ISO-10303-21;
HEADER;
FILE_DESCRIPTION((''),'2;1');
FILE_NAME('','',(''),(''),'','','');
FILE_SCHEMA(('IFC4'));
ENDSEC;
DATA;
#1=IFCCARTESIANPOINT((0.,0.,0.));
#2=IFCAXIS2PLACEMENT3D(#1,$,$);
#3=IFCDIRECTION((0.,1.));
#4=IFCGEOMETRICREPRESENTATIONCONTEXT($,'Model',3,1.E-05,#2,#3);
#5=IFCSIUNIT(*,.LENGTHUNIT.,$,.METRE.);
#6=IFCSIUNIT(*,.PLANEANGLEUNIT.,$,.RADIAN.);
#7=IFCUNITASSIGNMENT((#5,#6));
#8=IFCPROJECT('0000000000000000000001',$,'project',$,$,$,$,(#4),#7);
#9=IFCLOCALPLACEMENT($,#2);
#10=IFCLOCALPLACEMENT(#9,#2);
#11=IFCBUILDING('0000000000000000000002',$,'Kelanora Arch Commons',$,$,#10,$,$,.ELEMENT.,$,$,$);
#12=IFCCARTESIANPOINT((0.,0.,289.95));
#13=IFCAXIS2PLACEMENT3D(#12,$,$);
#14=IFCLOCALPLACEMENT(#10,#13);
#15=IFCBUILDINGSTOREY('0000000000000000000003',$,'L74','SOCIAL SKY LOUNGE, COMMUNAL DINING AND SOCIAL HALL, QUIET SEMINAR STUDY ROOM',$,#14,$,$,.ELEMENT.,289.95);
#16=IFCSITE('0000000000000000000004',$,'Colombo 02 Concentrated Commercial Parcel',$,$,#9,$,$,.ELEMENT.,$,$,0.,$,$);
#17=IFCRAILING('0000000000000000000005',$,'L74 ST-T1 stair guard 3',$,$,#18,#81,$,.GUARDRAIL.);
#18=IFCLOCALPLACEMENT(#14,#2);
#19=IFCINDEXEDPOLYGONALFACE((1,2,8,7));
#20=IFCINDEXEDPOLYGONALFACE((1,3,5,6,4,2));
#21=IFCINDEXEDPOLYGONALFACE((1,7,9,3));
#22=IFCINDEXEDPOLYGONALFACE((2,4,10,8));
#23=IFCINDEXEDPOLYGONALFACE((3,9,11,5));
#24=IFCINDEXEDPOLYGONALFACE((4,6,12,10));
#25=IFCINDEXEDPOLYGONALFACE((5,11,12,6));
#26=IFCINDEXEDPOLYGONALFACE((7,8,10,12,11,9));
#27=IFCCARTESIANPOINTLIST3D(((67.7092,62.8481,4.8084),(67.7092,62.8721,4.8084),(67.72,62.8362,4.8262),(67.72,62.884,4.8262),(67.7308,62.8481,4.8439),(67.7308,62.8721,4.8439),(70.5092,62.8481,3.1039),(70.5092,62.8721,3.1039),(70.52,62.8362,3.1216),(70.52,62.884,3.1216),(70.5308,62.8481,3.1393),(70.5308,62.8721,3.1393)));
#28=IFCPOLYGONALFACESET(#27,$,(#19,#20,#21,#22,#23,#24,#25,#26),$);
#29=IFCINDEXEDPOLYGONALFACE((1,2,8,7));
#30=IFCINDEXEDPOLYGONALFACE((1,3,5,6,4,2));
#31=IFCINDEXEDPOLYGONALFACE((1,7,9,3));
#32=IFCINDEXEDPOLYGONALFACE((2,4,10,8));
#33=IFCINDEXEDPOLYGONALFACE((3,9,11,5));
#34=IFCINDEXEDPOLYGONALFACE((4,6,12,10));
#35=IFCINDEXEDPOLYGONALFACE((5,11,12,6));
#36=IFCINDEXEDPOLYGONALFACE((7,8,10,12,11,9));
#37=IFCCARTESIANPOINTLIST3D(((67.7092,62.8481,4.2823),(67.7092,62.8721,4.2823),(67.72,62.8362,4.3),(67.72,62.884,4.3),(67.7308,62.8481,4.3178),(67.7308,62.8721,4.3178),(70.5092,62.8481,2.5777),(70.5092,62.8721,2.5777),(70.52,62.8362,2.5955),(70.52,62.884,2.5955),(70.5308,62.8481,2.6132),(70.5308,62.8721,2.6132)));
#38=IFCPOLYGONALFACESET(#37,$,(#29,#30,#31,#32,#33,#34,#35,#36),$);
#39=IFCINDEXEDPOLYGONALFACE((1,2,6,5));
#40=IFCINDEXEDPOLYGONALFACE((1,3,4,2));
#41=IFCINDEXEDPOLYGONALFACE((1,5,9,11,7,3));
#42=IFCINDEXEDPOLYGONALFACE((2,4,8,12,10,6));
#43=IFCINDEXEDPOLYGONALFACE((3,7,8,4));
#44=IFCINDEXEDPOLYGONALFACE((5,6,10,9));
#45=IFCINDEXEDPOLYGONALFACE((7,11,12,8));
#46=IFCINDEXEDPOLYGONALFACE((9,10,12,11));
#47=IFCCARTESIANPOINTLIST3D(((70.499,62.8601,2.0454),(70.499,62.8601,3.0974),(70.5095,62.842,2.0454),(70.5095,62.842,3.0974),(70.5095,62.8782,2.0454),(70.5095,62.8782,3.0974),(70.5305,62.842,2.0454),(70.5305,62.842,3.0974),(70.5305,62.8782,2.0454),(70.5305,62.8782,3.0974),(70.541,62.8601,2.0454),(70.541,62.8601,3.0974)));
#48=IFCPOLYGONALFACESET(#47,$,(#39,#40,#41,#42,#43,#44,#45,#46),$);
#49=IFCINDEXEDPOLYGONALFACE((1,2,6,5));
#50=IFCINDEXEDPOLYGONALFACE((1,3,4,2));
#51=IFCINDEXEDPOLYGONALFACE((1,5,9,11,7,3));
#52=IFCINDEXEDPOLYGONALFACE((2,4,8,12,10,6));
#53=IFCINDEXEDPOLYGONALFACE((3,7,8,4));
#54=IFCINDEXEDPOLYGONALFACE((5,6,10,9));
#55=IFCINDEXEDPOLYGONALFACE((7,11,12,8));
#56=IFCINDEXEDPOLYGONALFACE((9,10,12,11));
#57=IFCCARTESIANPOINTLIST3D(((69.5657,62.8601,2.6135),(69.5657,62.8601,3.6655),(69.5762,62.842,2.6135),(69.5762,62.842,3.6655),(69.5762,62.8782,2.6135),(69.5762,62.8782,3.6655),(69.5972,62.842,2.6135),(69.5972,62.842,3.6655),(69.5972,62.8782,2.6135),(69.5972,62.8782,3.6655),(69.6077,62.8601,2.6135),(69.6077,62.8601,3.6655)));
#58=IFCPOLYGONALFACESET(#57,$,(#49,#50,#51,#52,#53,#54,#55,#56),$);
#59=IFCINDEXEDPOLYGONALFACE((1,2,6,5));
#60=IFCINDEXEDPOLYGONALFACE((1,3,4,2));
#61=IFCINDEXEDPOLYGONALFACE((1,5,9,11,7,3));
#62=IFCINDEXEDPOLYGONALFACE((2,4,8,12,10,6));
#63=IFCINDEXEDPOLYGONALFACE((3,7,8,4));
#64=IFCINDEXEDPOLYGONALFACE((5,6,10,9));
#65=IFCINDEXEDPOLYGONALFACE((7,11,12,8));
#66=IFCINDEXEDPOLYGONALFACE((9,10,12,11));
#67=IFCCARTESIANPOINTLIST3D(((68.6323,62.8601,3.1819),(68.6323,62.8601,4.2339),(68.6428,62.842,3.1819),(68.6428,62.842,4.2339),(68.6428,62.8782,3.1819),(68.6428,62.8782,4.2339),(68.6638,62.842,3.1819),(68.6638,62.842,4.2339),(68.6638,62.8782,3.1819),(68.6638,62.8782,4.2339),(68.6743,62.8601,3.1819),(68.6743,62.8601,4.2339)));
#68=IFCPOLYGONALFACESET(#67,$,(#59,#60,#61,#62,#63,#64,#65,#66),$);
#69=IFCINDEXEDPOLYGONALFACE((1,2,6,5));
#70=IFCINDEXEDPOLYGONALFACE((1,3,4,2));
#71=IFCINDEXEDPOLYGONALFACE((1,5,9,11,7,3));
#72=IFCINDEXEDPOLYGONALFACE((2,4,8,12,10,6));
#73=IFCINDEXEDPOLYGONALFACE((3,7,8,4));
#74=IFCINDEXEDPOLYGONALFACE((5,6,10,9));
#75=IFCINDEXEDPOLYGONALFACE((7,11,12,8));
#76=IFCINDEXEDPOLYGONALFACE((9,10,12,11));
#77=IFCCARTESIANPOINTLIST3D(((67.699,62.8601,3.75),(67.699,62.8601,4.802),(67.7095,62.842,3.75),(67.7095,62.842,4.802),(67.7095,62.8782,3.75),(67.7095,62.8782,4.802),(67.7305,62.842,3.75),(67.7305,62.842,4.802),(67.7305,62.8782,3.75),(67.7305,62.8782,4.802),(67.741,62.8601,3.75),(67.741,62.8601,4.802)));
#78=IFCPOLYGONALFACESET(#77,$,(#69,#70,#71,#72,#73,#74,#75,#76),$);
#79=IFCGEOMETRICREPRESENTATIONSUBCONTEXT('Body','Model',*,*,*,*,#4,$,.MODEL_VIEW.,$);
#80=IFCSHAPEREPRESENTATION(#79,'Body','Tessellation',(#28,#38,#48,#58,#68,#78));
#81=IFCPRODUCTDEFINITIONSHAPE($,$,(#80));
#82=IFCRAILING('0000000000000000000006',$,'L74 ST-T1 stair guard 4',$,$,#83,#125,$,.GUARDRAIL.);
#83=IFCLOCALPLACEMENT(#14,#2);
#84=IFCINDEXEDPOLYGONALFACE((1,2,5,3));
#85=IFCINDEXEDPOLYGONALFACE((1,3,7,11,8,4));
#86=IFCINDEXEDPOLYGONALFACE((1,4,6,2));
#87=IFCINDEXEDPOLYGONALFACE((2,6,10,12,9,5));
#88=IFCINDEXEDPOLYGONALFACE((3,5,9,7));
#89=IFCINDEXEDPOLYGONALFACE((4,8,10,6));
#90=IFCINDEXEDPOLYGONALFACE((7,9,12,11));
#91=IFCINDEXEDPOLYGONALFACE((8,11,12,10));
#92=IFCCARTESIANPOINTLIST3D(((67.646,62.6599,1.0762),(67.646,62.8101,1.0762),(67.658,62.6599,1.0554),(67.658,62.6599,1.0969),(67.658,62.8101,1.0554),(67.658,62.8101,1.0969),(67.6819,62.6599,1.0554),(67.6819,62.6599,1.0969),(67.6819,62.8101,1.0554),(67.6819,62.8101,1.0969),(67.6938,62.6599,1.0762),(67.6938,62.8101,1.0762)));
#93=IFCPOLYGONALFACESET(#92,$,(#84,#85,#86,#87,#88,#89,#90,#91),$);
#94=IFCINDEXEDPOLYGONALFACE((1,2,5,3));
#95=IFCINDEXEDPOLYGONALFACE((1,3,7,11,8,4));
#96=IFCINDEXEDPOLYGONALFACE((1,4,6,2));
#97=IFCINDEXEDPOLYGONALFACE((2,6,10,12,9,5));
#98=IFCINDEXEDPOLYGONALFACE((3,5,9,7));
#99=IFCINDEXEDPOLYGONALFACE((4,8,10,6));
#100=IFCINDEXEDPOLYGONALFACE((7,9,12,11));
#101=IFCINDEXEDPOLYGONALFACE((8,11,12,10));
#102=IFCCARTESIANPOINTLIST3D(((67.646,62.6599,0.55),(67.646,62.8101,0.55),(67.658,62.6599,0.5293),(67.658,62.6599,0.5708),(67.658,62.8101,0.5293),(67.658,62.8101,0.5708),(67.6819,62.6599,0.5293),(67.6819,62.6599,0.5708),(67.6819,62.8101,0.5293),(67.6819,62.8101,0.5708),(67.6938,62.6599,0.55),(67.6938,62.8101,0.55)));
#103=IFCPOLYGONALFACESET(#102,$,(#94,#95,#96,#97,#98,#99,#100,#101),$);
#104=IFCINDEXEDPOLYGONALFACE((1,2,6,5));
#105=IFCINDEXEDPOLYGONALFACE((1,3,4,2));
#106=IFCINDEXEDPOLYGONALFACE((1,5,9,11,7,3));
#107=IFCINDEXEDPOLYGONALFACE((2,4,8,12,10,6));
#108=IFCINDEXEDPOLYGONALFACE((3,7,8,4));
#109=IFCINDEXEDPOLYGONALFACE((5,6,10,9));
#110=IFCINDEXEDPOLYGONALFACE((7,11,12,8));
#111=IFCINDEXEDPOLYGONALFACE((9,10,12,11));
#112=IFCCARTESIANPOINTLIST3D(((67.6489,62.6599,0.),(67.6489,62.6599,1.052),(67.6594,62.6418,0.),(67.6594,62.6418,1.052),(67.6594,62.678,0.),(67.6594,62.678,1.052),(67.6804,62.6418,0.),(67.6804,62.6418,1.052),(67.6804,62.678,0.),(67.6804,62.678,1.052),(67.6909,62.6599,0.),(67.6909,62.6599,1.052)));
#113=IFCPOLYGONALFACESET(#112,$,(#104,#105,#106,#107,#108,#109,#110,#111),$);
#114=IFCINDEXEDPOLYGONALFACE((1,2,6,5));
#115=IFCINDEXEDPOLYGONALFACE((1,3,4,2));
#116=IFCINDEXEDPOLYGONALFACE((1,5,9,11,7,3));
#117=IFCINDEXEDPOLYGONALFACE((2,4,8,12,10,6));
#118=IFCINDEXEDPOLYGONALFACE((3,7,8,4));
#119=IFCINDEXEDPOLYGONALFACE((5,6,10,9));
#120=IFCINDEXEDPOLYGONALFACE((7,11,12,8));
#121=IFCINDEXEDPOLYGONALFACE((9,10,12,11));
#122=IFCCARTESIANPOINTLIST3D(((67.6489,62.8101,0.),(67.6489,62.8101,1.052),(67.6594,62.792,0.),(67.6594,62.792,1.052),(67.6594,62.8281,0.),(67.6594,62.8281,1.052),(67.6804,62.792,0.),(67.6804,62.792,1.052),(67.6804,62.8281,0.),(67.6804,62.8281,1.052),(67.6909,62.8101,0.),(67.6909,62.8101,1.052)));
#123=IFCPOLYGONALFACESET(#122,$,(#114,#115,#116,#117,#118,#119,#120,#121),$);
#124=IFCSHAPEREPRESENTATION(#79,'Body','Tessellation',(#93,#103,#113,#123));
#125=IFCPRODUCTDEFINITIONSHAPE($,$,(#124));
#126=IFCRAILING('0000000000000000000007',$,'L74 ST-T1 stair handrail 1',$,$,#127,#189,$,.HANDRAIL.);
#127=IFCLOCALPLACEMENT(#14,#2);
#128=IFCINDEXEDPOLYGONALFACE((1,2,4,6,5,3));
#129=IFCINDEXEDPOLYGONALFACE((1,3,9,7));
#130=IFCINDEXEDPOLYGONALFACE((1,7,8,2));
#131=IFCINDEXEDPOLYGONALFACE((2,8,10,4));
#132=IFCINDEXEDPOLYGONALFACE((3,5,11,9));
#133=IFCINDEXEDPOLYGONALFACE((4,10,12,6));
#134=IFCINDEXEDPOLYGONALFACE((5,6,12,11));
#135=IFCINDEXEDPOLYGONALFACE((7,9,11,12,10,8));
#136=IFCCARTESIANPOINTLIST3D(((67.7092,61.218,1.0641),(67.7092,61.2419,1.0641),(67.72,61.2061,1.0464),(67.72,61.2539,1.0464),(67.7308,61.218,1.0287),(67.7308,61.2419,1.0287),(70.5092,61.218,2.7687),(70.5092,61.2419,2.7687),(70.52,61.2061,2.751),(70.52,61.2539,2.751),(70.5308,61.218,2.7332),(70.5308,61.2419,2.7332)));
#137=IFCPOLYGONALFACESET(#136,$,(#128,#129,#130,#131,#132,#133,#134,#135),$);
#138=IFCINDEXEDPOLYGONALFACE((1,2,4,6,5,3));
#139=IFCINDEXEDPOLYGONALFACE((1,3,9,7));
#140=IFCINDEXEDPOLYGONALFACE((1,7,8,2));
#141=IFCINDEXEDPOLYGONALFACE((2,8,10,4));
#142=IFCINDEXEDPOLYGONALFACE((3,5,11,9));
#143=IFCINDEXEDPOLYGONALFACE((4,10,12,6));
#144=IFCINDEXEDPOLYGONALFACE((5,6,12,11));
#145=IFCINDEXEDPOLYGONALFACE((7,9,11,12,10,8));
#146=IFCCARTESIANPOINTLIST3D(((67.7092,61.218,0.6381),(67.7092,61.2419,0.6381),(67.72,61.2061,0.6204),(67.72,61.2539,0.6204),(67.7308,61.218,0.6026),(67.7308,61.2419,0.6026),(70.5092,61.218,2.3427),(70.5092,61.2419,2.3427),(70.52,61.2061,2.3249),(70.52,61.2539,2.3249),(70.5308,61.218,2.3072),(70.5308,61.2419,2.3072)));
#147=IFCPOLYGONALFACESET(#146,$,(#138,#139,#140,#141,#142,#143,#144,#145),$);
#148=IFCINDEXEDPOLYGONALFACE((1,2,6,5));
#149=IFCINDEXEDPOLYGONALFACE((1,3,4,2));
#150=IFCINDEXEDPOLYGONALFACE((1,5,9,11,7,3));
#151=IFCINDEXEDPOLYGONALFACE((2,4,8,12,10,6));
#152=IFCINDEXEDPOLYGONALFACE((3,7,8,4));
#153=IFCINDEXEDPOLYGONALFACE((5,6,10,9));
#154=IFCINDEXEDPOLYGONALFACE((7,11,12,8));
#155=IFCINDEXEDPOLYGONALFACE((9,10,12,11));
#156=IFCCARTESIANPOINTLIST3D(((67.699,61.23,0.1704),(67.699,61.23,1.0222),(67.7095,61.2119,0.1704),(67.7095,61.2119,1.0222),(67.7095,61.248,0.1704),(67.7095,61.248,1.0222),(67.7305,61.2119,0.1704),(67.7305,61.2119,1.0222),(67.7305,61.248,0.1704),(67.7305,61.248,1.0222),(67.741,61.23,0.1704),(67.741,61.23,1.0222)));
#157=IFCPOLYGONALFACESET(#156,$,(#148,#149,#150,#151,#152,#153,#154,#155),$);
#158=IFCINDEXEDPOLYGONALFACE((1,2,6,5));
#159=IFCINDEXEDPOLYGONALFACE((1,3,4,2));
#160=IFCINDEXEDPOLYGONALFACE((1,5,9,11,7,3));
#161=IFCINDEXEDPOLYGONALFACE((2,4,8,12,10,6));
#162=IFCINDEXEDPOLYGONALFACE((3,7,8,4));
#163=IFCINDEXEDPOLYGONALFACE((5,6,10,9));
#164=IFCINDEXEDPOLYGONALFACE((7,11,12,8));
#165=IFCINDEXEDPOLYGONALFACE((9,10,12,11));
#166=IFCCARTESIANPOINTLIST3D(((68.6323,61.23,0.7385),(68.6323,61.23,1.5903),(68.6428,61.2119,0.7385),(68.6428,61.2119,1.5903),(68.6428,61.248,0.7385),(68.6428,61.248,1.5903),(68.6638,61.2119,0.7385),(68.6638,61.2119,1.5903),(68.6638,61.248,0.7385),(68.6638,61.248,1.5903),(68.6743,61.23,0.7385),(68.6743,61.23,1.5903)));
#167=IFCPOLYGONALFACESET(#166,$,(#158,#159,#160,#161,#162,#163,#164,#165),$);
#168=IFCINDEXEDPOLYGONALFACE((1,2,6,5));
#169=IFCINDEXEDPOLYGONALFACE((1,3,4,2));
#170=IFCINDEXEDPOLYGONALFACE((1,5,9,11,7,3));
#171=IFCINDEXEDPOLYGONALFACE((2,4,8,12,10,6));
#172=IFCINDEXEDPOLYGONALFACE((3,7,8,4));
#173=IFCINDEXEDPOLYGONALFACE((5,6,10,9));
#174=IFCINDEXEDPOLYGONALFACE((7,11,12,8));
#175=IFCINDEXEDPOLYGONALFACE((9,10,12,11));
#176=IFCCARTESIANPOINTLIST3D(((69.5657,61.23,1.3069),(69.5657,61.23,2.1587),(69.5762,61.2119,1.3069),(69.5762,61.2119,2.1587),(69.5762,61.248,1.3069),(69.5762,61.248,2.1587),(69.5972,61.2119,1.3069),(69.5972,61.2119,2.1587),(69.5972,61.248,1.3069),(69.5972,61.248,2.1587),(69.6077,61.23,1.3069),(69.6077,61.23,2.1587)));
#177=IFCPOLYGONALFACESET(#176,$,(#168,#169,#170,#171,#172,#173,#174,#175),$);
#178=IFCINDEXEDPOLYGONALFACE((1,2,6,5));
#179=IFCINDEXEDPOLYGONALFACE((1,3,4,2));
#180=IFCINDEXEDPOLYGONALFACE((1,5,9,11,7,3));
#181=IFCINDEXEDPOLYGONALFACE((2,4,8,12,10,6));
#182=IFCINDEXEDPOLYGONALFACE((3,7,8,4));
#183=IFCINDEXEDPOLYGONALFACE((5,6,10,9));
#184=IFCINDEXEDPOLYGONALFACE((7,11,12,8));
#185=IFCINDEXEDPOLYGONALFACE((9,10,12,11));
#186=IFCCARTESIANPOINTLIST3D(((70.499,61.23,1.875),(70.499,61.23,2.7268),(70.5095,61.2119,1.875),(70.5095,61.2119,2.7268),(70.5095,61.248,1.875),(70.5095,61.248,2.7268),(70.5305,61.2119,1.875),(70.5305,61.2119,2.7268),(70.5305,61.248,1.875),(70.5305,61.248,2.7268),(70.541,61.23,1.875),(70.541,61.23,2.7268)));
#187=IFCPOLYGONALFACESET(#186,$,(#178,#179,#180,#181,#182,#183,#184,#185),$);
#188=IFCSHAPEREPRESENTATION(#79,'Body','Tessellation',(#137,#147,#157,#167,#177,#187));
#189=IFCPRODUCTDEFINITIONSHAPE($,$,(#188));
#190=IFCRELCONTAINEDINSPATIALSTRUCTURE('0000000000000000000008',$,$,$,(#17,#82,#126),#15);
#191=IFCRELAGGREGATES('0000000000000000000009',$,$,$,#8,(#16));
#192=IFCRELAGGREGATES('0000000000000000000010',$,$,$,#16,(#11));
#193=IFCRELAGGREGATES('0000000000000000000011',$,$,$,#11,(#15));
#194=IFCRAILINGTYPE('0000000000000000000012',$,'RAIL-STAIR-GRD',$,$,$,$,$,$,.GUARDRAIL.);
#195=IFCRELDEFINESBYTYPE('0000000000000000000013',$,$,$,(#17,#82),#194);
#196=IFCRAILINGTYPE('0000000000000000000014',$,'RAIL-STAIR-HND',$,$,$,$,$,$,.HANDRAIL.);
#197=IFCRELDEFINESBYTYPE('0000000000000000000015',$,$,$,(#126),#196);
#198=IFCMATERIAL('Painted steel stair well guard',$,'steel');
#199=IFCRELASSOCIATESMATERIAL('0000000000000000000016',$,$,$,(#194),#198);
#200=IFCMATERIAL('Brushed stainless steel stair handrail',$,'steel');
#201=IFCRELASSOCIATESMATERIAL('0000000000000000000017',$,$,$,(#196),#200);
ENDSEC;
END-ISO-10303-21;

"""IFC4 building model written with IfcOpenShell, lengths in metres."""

from ifc_helpers import new_model, si_unit, direction, frame, origin, place, context, subcontext, project, spatial, polyline, outline, extrude, material, type_object, element, save


model = new_model("IFC4")

# Units and contexts
model_context = context("Model", 3, precision=1e-05, world=origin(), true_north=direction((0.0, 1.0)))
body_context = subcontext(model_context, "Body", "Model", "MODEL_VIEW")
ifc_project = project(units=[si_unit("LENGTHUNIT", "METRE"), si_unit("PLANEANGLEUNIT", "RADIAN")], contexts=[model_context])

# Site, building, storey
site_placement = place(None, origin())
site = spatial("IfcSite", under=ifc_project, at=site_placement, Name="Colombo 02 Concentrated Commercial Parcel", CompositionType="ELEMENT", RefElevation=0.0)
building_placement = place(site_placement, origin())
building = spatial("IfcBuilding", under=site, at=building_placement, Name="Kelanora Arch Commons", CompositionType="ELEMENT")
storey_placement = place(building_placement, frame((0.0, 0.0, 289.95)))
storey = spatial("IfcBuildingStorey", under=building, at=storey_placement, Name="L74", Description="SOCIAL SKY LOUNGE, COMMUNAL DINING AND SOCIAL HALL, QUIET SEMINAR STUDY ROOM", CompositionType="ELEMENT", Elevation=289.95)

# Railings
ifc_material_1 = material(Name="Painted steel stair well guard", Category="steel")
railing_type_1 = type_object("IfcRailingType", Name="RAIL-STAIR-GRD", PredefinedType="GUARDRAIL", material=ifc_material_1)
railing_1_placement = place(storey_placement, frame((70.52, 62.8601, 2.0454)))
element("IfcRailing", 1, at=railing_1_placement, inside=storey, type_object=railing_type_1, Name="L74 ST-T1 stair guard 3", PredefinedType="GUARDRAIL", context=body_context, shape_type="SweptSolid", body=[
    extrude(outline(polyline([(0.0239, 0.0), (0.012, 0.0208), (-0.012, 0.0208), (-0.0239, 0.0), (-0.012, -0.0208), (0.012, -0.0208), (0.0239, 0.0)])), frame((0.0, 0.0, 1.0762), z_axis=(-0.85417, 0.0, 0.519994), x_axis=(0.0, -1.0, 0.0)), (0.0, 0.0, 1.0), 3.2781),
    extrude(outline(polyline([(0.0239, 0.0), (0.012, 0.0208), (-0.012, 0.0208), (-0.0239, 0.0), (-0.012, -0.0208), (0.012, -0.0208), (0.0239, 0.0)])), frame((0.0, 0.0, 0.55), z_axis=(-0.85417, 0.0, 0.519994), x_axis=(0.0, -1.0, 0.0)), (0.0, 0.0, 1.0), 3.2781),
    extrude(outline(polyline([(0.021, 0.0), (0.0105, 0.0181), (-0.0105, 0.0181), (-0.021, 0.0), (-0.0105, -0.0181), (0.0105, -0.0181), (0.021, 0.0)])), origin(), (0.0, 0.0, 1.0), 1.052),
    extrude(outline(polyline([(0.021, 0.0), (0.0105, 0.0181), (-0.0105, 0.0181), (-0.021, 0.0), (-0.0105, -0.0181), (0.0105, -0.0181), (0.021, 0.0)])), frame((-0.9333, 0.0, 0.5681)), (0.0, 0.0, 1.0), 1.052),
    extrude(outline(polyline([(0.021, 0.0), (0.0105, 0.0181), (-0.0105, 0.0181), (-0.021, 0.0), (-0.0105, -0.0181), (0.0105, -0.0181), (0.021, 0.0)])), frame((-1.8667, 0.0, 1.1365)), (0.0, 0.0, 1.0), 1.052),
    extrude(outline(polyline([(0.021, 0.0), (0.0105, 0.0181), (-0.0105, 0.0181), (-0.021, 0.0), (-0.0105, -0.0181), (0.0105, -0.0181), (0.021, 0.0)])), frame((-2.8, 0.0, 1.7046)), (0.0, 0.0, 1.0), 1.052),
])
railing_2_placement = place(storey_placement, frame((67.6699, 62.6599, 0.0)))
element("IfcRailing", 2, at=railing_2_placement, inside=storey, type_object=railing_type_1, Name="L74 ST-T1 stair guard 4", PredefinedType="GUARDRAIL", context=body_context, shape_type="SweptSolid", body=[
    extrude(outline(polyline([(0.0239, 0.0), (0.012, 0.0208), (-0.012, 0.0208), (-0.0239, 0.0), (-0.012, -0.0208), (0.012, -0.0208), (0.0239, 0.0)])), frame((0.0, 0.0, 1.0762), z_axis=(0.0, 1.0, 0.0), x_axis=(-1.0, 0.0, 0.0)), (0.0, 0.0, 1.0), 0.1501),
    extrude(outline(polyline([(0.0239, 0.0), (0.012, 0.0208), (-0.012, 0.0208), (-0.0239, 0.0), (-0.012, -0.0208), (0.012, -0.0208), (0.0239, 0.0)])), frame((0.0, 0.0, 0.55), z_axis=(0.0, 1.0, 0.0), x_axis=(-1.0, 0.0, 0.0)), (0.0, 0.0, 1.0), 0.1501),
    extrude(outline(polyline([(0.021, 0.0), (0.0105, 0.0181), (-0.0105, 0.0181), (-0.021, 0.0), (-0.0105, -0.0181), (0.0105, -0.0181), (0.021, 0.0)])), origin(), (0.0, 0.0, 1.0), 1.052),
    extrude(outline(polyline([(0.021, 0.0), (0.0105, 0.0181), (-0.0105, 0.0181), (-0.021, 0.0), (-0.0105, -0.0181), (0.0105, -0.0181), (0.021, 0.0)])), frame((0.0, 0.1501, 0.0)), (0.0, 0.0, 1.0), 1.052),
])
ifc_material_2 = material(Name="Brushed stainless steel stair handrail", Category="steel")
railing_type_2 = type_object("IfcRailingType", Name="RAIL-STAIR-HND", PredefinedType="HANDRAIL", material=ifc_material_2)
railing_3_placement = place(storey_placement, frame((67.72, 61.23, 0.1704)))
element("IfcRailing", 3, at=railing_3_placement, inside=storey, type_object=railing_type_2, Name="L74 ST-T1 stair handrail 1", PredefinedType="HANDRAIL", context=body_context, shape_type="SweptSolid", body=[
    extrude(outline(polyline([(0.0239, 0.0), (0.012, 0.0208), (-0.012, 0.0208), (-0.0239, 0.0), (-0.012, -0.0208), (0.012, -0.0208), (0.0239, 0.0)])), frame((0.0, 0.0, 0.876), z_axis=(0.85417, 0.0, 0.519994), x_axis=(0.0, 1.0, 0.0)), (0.0, 0.0, 1.0), 3.2781),
    extrude(outline(polyline([(0.0239, 0.0), (0.012, 0.0208), (-0.012, 0.0208), (-0.0239, 0.0), (-0.012, -0.0208), (0.012, -0.0208), (0.0239, 0.0)])), frame((0.0, 0.0, 0.45), z_axis=(0.85417, 0.0, 0.519994), x_axis=(0.0, 1.0, 0.0)), (0.0, 0.0, 1.0), 3.2781),
    extrude(outline(polyline([(0.021, 0.0), (0.0105, 0.0181), (-0.0105, 0.0181), (-0.021, 0.0), (-0.0105, -0.0181), (0.0105, -0.0181), (0.021, 0.0)])), origin(), (0.0, 0.0, 1.0), 0.8518),
    extrude(outline(polyline([(0.021, 0.0), (0.0105, 0.0181), (-0.0105, 0.0181), (-0.021, 0.0), (-0.0105, -0.0181), (0.0105, -0.0181), (0.021, 0.0)])), frame((0.9333, 0.0, 0.5681)), (0.0, 0.0, 1.0), 0.8518),
    extrude(outline(polyline([(0.021, 0.0), (0.0105, 0.0181), (-0.0105, 0.0181), (-0.021, 0.0), (-0.0105, -0.0181), (0.0105, -0.0181), (0.021, 0.0)])), frame((1.8667, 0.0, 1.1365)), (0.0, 0.0, 1.0), 0.8518),
    extrude(outline(polyline([(0.021, 0.0), (0.0105, 0.0181), (-0.0105, 0.0181), (-0.021, 0.0), (-0.0105, -0.0181), (0.0105, -0.0181), (0.021, 0.0)])), frame((2.8, 0.0, 1.7046)), (0.0, 0.0, 1.0), 0.8518),
])

save(model, "model.ifc")
